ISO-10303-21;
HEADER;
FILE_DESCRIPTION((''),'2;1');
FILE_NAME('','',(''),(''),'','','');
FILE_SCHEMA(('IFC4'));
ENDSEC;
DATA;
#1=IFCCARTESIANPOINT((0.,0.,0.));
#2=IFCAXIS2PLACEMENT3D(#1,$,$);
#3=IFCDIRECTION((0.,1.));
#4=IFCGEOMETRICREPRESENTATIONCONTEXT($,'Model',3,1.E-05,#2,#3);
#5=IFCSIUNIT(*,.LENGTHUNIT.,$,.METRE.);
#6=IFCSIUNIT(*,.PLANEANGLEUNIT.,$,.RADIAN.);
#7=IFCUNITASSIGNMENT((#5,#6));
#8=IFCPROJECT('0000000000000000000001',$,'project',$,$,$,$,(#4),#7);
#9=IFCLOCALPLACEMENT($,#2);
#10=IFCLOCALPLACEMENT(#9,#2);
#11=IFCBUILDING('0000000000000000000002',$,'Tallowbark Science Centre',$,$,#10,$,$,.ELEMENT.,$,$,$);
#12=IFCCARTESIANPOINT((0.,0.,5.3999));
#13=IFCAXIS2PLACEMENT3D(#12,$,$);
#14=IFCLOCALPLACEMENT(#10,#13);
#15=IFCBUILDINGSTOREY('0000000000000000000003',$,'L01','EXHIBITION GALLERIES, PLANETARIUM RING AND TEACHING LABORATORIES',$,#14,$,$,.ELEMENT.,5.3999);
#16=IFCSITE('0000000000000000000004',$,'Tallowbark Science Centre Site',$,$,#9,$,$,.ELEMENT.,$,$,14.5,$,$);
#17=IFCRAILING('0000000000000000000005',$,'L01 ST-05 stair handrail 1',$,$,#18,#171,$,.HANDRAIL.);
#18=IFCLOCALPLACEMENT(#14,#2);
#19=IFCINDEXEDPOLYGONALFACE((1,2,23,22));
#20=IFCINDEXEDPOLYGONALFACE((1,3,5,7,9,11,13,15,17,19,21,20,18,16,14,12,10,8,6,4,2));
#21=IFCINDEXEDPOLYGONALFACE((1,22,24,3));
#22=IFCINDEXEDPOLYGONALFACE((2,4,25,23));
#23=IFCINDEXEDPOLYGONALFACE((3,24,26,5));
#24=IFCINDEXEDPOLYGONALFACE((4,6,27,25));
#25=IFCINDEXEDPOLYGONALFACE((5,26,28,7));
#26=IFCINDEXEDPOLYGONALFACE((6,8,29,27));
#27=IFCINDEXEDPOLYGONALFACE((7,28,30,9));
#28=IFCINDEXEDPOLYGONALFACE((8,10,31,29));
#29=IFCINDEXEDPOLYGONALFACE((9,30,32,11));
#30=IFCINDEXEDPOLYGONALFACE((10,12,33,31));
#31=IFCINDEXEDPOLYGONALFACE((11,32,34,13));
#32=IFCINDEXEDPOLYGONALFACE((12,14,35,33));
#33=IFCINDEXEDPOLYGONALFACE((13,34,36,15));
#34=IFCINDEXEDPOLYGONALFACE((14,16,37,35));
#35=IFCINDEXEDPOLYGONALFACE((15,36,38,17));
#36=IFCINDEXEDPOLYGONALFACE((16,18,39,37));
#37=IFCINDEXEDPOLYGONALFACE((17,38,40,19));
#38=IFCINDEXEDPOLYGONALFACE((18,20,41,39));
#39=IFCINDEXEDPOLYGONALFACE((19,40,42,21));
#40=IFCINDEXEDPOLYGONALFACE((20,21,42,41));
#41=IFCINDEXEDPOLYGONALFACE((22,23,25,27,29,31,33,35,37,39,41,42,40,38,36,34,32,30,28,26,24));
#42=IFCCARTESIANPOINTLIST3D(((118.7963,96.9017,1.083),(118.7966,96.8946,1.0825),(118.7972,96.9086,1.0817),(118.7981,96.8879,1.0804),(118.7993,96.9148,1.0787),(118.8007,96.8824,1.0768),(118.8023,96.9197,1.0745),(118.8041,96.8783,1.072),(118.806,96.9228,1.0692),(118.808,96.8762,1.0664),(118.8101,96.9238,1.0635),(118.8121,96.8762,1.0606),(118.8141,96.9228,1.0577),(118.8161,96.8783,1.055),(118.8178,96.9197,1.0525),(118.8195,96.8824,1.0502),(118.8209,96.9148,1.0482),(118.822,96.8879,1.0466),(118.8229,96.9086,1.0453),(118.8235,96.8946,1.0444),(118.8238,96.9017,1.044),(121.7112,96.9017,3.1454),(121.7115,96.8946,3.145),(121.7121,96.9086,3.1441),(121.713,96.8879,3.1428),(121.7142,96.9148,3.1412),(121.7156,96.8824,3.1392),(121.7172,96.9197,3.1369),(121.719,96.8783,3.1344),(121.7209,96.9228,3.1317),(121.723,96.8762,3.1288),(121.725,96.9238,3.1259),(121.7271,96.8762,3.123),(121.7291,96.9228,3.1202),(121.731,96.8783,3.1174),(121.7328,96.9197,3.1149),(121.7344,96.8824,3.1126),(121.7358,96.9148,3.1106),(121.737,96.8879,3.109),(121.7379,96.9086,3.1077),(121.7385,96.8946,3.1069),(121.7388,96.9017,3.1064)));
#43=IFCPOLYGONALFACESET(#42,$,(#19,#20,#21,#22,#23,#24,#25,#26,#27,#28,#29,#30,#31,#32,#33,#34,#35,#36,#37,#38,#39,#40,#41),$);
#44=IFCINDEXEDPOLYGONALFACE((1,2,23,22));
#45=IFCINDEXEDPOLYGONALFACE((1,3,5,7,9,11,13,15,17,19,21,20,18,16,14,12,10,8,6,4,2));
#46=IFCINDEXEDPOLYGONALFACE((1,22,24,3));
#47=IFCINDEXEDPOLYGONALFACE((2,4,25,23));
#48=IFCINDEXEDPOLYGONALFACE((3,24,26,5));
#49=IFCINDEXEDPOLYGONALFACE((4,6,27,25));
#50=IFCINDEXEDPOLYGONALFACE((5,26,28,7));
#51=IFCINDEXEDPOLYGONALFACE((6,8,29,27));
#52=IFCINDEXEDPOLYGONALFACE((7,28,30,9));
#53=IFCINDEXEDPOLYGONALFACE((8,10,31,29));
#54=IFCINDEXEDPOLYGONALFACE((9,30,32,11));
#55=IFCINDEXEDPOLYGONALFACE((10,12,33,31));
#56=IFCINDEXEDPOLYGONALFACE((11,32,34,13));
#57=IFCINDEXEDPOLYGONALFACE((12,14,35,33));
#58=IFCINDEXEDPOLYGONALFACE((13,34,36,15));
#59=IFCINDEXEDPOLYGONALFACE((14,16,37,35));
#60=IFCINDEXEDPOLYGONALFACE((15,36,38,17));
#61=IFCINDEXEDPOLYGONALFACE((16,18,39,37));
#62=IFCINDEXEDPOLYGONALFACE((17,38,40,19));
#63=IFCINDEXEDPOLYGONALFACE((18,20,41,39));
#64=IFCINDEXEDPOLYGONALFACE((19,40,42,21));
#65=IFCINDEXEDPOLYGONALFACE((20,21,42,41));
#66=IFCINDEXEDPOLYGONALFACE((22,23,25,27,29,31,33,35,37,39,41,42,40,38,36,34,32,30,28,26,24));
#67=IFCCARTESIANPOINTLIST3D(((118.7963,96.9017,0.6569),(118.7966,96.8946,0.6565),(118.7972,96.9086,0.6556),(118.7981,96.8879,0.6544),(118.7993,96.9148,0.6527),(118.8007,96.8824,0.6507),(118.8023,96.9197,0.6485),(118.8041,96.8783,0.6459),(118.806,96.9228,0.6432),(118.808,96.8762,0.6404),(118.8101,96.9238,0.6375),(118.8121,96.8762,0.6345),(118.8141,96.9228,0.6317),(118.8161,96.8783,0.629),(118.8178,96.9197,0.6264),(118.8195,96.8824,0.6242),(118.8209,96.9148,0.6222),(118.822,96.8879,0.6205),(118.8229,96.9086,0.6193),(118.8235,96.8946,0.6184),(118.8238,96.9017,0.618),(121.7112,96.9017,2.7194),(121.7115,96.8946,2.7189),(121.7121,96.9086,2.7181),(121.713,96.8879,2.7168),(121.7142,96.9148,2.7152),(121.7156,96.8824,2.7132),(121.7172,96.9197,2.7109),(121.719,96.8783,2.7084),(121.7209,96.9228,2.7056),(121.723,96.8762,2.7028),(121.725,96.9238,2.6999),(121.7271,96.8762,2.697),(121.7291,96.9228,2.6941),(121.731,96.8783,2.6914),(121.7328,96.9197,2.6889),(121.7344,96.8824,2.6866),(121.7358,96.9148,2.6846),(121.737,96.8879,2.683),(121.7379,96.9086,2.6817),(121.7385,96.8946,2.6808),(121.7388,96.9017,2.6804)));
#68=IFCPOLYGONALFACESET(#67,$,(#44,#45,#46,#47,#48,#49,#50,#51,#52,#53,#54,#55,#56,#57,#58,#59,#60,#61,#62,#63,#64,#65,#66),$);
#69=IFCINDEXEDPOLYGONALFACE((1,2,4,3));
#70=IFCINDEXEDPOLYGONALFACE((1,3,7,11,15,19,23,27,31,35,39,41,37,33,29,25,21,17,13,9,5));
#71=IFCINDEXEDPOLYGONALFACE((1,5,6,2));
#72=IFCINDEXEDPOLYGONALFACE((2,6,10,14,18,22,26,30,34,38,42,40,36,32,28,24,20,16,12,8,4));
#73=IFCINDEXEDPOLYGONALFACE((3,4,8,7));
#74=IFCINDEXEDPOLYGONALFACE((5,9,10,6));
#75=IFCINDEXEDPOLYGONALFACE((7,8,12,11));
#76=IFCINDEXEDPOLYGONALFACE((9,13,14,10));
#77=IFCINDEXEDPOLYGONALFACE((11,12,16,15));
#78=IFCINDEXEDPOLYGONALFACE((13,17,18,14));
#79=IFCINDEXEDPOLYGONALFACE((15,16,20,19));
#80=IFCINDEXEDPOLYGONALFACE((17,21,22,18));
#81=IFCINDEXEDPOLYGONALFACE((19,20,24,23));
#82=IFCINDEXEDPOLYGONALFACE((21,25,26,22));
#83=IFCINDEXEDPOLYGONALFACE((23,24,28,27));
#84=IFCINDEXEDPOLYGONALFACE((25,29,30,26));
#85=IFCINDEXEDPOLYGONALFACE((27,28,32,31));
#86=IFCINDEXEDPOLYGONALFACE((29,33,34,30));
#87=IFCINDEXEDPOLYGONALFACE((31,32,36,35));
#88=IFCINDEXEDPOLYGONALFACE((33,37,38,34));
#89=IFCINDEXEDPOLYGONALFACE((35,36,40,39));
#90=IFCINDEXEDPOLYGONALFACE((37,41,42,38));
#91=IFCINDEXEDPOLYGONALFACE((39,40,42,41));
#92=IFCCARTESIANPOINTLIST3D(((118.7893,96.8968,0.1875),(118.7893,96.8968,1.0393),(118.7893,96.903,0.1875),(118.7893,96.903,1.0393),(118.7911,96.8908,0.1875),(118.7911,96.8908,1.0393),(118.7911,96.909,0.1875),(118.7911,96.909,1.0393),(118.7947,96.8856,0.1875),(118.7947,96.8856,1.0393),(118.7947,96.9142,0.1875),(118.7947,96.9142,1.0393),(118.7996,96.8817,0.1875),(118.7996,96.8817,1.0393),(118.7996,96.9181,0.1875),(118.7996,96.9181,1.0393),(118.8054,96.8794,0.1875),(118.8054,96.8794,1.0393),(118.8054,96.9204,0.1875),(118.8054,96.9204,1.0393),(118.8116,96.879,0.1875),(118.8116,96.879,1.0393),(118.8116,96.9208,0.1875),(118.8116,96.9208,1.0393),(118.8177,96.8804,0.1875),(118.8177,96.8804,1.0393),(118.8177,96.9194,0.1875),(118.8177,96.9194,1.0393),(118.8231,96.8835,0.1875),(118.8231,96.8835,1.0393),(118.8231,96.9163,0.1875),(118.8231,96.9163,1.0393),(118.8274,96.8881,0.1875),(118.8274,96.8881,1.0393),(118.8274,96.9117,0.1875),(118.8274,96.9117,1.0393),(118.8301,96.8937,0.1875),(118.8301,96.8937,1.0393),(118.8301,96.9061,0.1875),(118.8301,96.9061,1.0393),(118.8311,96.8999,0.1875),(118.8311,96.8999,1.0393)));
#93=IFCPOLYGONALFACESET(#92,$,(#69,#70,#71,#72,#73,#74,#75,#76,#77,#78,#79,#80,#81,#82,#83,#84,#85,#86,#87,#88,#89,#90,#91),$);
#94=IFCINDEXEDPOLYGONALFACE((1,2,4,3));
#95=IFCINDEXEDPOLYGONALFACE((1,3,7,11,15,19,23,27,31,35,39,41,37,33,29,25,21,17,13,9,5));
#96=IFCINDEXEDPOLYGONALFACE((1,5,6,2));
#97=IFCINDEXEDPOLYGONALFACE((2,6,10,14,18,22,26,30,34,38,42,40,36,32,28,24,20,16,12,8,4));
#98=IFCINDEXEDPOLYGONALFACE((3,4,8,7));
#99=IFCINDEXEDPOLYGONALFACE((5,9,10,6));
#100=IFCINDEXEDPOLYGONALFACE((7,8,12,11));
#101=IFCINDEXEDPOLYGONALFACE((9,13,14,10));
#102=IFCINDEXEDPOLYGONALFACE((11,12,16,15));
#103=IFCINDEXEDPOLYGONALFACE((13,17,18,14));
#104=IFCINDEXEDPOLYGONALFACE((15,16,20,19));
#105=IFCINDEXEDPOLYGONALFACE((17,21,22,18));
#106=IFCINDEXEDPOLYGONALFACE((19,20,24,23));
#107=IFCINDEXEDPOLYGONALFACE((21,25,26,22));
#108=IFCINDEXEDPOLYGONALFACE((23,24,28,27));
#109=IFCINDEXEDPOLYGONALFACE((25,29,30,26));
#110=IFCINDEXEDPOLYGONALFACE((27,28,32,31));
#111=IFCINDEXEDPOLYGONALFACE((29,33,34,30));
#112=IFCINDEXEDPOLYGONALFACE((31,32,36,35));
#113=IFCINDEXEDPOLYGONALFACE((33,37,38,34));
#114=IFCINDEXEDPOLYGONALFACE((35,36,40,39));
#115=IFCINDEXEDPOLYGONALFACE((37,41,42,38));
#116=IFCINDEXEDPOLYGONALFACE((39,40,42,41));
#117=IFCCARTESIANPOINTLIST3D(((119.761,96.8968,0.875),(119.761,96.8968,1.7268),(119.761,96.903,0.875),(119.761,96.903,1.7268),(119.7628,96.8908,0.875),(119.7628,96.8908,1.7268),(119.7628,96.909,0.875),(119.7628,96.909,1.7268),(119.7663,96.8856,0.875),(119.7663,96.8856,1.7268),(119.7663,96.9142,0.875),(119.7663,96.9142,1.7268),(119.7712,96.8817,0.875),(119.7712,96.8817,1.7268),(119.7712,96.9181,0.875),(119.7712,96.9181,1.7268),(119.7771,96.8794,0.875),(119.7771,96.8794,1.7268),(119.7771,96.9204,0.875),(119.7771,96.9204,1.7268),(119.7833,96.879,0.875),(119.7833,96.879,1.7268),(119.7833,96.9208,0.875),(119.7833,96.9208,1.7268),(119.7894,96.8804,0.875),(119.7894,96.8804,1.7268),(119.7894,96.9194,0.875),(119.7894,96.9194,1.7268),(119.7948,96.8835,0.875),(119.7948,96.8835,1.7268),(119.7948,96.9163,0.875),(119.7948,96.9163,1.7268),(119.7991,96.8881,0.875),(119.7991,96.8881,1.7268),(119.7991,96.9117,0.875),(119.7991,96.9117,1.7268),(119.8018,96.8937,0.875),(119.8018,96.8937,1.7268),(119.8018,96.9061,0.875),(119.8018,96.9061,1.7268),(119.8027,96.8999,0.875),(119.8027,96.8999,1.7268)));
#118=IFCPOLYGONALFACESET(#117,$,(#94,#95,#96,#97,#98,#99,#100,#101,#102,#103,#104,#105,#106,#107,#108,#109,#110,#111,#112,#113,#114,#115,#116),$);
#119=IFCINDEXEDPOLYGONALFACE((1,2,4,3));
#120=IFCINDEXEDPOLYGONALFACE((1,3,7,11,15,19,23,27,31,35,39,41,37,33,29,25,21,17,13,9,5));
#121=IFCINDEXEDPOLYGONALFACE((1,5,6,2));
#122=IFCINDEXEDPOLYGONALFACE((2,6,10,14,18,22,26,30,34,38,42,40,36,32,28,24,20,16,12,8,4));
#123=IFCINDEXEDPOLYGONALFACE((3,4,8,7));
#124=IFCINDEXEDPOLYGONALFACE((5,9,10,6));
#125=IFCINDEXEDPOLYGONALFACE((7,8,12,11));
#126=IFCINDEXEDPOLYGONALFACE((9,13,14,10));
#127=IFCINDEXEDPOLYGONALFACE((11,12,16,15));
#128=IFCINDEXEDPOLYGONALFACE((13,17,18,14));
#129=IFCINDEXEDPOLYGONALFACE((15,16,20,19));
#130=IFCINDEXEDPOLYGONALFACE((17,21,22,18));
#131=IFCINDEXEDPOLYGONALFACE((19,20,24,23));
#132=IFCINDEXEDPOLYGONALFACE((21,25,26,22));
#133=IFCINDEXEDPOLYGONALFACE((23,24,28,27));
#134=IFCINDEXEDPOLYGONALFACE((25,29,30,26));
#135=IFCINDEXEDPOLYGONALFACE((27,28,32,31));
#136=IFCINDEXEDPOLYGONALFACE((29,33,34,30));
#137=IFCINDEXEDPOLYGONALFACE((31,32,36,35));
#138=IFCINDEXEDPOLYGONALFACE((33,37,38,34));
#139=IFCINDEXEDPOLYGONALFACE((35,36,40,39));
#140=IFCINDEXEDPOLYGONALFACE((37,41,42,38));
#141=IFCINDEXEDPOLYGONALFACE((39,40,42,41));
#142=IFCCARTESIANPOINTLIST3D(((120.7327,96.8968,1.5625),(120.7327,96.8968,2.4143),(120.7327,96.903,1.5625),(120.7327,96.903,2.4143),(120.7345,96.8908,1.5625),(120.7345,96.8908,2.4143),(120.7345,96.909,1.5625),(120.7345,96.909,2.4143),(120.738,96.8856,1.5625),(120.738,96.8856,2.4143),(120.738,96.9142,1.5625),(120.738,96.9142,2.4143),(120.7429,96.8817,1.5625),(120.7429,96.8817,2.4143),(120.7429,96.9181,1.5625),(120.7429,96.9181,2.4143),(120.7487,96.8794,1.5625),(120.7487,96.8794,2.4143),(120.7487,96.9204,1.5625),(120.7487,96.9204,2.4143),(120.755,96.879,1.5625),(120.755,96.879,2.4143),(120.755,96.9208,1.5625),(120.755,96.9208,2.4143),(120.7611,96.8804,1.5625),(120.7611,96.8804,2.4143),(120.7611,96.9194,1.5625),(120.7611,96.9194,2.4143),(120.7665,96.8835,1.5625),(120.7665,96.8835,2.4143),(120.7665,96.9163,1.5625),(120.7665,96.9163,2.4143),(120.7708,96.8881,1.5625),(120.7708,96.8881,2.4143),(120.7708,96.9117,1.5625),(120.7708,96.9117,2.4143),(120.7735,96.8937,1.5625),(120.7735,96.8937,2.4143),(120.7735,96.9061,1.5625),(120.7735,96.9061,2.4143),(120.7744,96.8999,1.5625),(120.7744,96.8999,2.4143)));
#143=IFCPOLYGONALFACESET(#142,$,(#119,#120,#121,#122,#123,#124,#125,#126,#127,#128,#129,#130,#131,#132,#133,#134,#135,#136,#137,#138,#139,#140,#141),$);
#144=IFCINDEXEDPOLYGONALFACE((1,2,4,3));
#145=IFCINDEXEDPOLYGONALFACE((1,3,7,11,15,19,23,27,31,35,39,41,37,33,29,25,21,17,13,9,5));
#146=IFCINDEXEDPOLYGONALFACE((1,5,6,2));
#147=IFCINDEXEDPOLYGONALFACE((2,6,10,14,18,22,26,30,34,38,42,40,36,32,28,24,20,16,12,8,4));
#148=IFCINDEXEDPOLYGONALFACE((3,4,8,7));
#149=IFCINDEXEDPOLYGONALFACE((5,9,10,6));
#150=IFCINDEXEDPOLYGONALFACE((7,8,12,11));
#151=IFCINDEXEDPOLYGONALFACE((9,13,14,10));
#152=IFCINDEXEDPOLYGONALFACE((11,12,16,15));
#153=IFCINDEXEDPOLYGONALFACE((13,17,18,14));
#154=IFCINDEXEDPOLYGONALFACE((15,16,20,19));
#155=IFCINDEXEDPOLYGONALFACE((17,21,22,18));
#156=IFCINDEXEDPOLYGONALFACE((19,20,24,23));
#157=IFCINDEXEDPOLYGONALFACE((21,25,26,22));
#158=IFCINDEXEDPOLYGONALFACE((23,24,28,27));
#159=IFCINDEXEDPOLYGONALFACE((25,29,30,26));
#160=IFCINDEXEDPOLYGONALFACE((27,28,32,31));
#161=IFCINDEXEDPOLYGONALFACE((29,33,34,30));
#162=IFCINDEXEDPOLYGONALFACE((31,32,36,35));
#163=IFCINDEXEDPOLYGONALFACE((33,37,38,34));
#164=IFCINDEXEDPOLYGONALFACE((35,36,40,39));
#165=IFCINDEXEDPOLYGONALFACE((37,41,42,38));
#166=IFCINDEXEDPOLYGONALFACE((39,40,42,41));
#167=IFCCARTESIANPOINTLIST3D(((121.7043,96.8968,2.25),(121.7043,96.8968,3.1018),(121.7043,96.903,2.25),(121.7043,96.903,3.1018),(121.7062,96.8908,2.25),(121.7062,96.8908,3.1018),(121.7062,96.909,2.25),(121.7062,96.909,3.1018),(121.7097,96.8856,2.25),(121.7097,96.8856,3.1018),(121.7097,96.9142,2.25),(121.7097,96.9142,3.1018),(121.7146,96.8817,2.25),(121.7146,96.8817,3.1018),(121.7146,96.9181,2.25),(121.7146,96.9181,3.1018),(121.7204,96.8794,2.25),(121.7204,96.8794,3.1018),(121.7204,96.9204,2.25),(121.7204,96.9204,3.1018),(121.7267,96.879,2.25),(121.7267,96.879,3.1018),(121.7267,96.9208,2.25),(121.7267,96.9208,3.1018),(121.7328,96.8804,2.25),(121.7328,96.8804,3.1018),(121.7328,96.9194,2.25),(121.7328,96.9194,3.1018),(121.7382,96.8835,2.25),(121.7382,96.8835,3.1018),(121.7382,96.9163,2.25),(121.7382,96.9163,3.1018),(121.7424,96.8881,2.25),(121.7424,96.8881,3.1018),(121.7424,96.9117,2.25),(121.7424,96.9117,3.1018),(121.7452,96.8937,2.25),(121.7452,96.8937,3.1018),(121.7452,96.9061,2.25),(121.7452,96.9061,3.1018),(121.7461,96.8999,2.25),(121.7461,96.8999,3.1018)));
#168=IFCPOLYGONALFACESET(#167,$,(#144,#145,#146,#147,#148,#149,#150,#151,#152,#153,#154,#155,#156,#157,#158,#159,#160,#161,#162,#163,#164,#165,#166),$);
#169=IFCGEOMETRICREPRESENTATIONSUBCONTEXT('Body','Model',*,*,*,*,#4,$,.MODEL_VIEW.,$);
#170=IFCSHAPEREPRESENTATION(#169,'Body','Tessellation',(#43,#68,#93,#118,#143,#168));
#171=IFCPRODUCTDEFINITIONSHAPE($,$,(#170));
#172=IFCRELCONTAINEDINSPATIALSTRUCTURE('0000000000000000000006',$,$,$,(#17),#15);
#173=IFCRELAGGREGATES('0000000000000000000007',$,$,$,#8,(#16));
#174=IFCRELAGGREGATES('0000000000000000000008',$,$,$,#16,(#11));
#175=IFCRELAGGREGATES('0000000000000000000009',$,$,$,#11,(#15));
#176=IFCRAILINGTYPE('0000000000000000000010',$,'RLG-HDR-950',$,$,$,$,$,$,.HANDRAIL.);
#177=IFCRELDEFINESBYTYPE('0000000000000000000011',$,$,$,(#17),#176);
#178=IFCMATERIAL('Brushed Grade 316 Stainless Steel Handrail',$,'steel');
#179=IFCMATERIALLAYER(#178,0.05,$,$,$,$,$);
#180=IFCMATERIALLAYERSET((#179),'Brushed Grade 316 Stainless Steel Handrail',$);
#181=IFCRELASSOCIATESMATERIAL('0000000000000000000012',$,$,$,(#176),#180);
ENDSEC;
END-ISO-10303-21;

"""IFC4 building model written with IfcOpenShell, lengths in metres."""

from ifc_helpers import new_model, si_unit, direction, frame, origin, origin_2d, place, context, subcontext, project, spatial, circle, extrude, material, layer, layer_set, type_object, element, save


model = new_model("IFC4")

# Units and contexts
model_context = context("Model", 3, precision=1e-05, world=origin(), true_north=direction((0.0, 1.0)))
body_context = subcontext(model_context, "Body", "Model", "MODEL_VIEW")
ifc_project = project(units=[si_unit("LENGTHUNIT", "METRE"), si_unit("PLANEANGLEUNIT", "RADIAN")], contexts=[model_context])

# Site, building, storey
site_placement = place(None, origin())
site = spatial("IfcSite", under=ifc_project, at=site_placement, Name="Tallowbark Science Centre Site", CompositionType="ELEMENT", RefElevation=14.5)
building_placement = place(site_placement, origin())
building = spatial("IfcBuilding", under=site, at=building_placement, Name="Tallowbark Science Centre", CompositionType="ELEMENT")
storey_placement = place(building_placement, frame((0.0, 0.0, 5.3999)))
storey = spatial("IfcBuildingStorey", under=building, at=storey_placement, Name="L01", Description="EXHIBITION GALLERIES, PLANETARIUM RING AND TEACHING LABORATORIES", CompositionType="ELEMENT", Elevation=5.3999)

# Railing
ifc_material_1 = material(Name="Brushed Grade 316 Stainless Steel Handrail", Category="steel")
ifc_layer_1 = layer(ifc_material_1, 0.05)
ifc_layer_set_1 = layer_set([ifc_layer_1], Name="Brushed Grade 316 Stainless Steel Handrail")
railing_type_1 = type_object("IfcRailingType", Name="RLG-HDR-950", PredefinedType="HANDRAIL", material=ifc_layer_set_1)
railing_1_placement = place(storey_placement, frame((118.8101, 96.8999, 0.1875)))
element("IfcRailing", 1, at=railing_1_placement, inside=storey, type_object=railing_type_1, Name="L01 ST-05 stair handrail 1", PredefinedType="HANDRAIL", context=body_context, shape_type="SweptSolid", body=[
    extrude(circle(Radius=0.0239, at=origin_2d()), frame((0.0, 0.0, 0.876), z_axis=(0.816331, 0.0, 0.577585), x_axis=(0.0, 1.0, 0.0)), (0.0, 0.0, 1.0), 3.5708),
    extrude(circle(Radius=0.0239, at=origin_2d()), frame((0.0, 0.0, 0.45), z_axis=(0.816331, 0.0, 0.577585), x_axis=(0.0, 1.0, 0.0)), (0.0, 0.0, 1.0), 3.5708),
    extrude(circle(Radius=0.021, at=origin_2d()), origin(), (0.0, 0.0, 1.0), 0.8518),
    extrude(circle(Radius=0.021, at=origin_2d()), frame((0.9717, 0.0, 0.6875)), (0.0, 0.0, 1.0), 0.8518),
    extrude(circle(Radius=0.021, at=origin_2d()), frame((1.9434, 0.0, 1.375)), (0.0, 0.0, 1.0), 0.8518),
    extrude(circle(Radius=0.021, at=origin_2d()), frame((2.915, 0.0, 2.0625)), (0.0, 0.0, 1.0), 0.8518),
])

save(model, "model.ifc")
